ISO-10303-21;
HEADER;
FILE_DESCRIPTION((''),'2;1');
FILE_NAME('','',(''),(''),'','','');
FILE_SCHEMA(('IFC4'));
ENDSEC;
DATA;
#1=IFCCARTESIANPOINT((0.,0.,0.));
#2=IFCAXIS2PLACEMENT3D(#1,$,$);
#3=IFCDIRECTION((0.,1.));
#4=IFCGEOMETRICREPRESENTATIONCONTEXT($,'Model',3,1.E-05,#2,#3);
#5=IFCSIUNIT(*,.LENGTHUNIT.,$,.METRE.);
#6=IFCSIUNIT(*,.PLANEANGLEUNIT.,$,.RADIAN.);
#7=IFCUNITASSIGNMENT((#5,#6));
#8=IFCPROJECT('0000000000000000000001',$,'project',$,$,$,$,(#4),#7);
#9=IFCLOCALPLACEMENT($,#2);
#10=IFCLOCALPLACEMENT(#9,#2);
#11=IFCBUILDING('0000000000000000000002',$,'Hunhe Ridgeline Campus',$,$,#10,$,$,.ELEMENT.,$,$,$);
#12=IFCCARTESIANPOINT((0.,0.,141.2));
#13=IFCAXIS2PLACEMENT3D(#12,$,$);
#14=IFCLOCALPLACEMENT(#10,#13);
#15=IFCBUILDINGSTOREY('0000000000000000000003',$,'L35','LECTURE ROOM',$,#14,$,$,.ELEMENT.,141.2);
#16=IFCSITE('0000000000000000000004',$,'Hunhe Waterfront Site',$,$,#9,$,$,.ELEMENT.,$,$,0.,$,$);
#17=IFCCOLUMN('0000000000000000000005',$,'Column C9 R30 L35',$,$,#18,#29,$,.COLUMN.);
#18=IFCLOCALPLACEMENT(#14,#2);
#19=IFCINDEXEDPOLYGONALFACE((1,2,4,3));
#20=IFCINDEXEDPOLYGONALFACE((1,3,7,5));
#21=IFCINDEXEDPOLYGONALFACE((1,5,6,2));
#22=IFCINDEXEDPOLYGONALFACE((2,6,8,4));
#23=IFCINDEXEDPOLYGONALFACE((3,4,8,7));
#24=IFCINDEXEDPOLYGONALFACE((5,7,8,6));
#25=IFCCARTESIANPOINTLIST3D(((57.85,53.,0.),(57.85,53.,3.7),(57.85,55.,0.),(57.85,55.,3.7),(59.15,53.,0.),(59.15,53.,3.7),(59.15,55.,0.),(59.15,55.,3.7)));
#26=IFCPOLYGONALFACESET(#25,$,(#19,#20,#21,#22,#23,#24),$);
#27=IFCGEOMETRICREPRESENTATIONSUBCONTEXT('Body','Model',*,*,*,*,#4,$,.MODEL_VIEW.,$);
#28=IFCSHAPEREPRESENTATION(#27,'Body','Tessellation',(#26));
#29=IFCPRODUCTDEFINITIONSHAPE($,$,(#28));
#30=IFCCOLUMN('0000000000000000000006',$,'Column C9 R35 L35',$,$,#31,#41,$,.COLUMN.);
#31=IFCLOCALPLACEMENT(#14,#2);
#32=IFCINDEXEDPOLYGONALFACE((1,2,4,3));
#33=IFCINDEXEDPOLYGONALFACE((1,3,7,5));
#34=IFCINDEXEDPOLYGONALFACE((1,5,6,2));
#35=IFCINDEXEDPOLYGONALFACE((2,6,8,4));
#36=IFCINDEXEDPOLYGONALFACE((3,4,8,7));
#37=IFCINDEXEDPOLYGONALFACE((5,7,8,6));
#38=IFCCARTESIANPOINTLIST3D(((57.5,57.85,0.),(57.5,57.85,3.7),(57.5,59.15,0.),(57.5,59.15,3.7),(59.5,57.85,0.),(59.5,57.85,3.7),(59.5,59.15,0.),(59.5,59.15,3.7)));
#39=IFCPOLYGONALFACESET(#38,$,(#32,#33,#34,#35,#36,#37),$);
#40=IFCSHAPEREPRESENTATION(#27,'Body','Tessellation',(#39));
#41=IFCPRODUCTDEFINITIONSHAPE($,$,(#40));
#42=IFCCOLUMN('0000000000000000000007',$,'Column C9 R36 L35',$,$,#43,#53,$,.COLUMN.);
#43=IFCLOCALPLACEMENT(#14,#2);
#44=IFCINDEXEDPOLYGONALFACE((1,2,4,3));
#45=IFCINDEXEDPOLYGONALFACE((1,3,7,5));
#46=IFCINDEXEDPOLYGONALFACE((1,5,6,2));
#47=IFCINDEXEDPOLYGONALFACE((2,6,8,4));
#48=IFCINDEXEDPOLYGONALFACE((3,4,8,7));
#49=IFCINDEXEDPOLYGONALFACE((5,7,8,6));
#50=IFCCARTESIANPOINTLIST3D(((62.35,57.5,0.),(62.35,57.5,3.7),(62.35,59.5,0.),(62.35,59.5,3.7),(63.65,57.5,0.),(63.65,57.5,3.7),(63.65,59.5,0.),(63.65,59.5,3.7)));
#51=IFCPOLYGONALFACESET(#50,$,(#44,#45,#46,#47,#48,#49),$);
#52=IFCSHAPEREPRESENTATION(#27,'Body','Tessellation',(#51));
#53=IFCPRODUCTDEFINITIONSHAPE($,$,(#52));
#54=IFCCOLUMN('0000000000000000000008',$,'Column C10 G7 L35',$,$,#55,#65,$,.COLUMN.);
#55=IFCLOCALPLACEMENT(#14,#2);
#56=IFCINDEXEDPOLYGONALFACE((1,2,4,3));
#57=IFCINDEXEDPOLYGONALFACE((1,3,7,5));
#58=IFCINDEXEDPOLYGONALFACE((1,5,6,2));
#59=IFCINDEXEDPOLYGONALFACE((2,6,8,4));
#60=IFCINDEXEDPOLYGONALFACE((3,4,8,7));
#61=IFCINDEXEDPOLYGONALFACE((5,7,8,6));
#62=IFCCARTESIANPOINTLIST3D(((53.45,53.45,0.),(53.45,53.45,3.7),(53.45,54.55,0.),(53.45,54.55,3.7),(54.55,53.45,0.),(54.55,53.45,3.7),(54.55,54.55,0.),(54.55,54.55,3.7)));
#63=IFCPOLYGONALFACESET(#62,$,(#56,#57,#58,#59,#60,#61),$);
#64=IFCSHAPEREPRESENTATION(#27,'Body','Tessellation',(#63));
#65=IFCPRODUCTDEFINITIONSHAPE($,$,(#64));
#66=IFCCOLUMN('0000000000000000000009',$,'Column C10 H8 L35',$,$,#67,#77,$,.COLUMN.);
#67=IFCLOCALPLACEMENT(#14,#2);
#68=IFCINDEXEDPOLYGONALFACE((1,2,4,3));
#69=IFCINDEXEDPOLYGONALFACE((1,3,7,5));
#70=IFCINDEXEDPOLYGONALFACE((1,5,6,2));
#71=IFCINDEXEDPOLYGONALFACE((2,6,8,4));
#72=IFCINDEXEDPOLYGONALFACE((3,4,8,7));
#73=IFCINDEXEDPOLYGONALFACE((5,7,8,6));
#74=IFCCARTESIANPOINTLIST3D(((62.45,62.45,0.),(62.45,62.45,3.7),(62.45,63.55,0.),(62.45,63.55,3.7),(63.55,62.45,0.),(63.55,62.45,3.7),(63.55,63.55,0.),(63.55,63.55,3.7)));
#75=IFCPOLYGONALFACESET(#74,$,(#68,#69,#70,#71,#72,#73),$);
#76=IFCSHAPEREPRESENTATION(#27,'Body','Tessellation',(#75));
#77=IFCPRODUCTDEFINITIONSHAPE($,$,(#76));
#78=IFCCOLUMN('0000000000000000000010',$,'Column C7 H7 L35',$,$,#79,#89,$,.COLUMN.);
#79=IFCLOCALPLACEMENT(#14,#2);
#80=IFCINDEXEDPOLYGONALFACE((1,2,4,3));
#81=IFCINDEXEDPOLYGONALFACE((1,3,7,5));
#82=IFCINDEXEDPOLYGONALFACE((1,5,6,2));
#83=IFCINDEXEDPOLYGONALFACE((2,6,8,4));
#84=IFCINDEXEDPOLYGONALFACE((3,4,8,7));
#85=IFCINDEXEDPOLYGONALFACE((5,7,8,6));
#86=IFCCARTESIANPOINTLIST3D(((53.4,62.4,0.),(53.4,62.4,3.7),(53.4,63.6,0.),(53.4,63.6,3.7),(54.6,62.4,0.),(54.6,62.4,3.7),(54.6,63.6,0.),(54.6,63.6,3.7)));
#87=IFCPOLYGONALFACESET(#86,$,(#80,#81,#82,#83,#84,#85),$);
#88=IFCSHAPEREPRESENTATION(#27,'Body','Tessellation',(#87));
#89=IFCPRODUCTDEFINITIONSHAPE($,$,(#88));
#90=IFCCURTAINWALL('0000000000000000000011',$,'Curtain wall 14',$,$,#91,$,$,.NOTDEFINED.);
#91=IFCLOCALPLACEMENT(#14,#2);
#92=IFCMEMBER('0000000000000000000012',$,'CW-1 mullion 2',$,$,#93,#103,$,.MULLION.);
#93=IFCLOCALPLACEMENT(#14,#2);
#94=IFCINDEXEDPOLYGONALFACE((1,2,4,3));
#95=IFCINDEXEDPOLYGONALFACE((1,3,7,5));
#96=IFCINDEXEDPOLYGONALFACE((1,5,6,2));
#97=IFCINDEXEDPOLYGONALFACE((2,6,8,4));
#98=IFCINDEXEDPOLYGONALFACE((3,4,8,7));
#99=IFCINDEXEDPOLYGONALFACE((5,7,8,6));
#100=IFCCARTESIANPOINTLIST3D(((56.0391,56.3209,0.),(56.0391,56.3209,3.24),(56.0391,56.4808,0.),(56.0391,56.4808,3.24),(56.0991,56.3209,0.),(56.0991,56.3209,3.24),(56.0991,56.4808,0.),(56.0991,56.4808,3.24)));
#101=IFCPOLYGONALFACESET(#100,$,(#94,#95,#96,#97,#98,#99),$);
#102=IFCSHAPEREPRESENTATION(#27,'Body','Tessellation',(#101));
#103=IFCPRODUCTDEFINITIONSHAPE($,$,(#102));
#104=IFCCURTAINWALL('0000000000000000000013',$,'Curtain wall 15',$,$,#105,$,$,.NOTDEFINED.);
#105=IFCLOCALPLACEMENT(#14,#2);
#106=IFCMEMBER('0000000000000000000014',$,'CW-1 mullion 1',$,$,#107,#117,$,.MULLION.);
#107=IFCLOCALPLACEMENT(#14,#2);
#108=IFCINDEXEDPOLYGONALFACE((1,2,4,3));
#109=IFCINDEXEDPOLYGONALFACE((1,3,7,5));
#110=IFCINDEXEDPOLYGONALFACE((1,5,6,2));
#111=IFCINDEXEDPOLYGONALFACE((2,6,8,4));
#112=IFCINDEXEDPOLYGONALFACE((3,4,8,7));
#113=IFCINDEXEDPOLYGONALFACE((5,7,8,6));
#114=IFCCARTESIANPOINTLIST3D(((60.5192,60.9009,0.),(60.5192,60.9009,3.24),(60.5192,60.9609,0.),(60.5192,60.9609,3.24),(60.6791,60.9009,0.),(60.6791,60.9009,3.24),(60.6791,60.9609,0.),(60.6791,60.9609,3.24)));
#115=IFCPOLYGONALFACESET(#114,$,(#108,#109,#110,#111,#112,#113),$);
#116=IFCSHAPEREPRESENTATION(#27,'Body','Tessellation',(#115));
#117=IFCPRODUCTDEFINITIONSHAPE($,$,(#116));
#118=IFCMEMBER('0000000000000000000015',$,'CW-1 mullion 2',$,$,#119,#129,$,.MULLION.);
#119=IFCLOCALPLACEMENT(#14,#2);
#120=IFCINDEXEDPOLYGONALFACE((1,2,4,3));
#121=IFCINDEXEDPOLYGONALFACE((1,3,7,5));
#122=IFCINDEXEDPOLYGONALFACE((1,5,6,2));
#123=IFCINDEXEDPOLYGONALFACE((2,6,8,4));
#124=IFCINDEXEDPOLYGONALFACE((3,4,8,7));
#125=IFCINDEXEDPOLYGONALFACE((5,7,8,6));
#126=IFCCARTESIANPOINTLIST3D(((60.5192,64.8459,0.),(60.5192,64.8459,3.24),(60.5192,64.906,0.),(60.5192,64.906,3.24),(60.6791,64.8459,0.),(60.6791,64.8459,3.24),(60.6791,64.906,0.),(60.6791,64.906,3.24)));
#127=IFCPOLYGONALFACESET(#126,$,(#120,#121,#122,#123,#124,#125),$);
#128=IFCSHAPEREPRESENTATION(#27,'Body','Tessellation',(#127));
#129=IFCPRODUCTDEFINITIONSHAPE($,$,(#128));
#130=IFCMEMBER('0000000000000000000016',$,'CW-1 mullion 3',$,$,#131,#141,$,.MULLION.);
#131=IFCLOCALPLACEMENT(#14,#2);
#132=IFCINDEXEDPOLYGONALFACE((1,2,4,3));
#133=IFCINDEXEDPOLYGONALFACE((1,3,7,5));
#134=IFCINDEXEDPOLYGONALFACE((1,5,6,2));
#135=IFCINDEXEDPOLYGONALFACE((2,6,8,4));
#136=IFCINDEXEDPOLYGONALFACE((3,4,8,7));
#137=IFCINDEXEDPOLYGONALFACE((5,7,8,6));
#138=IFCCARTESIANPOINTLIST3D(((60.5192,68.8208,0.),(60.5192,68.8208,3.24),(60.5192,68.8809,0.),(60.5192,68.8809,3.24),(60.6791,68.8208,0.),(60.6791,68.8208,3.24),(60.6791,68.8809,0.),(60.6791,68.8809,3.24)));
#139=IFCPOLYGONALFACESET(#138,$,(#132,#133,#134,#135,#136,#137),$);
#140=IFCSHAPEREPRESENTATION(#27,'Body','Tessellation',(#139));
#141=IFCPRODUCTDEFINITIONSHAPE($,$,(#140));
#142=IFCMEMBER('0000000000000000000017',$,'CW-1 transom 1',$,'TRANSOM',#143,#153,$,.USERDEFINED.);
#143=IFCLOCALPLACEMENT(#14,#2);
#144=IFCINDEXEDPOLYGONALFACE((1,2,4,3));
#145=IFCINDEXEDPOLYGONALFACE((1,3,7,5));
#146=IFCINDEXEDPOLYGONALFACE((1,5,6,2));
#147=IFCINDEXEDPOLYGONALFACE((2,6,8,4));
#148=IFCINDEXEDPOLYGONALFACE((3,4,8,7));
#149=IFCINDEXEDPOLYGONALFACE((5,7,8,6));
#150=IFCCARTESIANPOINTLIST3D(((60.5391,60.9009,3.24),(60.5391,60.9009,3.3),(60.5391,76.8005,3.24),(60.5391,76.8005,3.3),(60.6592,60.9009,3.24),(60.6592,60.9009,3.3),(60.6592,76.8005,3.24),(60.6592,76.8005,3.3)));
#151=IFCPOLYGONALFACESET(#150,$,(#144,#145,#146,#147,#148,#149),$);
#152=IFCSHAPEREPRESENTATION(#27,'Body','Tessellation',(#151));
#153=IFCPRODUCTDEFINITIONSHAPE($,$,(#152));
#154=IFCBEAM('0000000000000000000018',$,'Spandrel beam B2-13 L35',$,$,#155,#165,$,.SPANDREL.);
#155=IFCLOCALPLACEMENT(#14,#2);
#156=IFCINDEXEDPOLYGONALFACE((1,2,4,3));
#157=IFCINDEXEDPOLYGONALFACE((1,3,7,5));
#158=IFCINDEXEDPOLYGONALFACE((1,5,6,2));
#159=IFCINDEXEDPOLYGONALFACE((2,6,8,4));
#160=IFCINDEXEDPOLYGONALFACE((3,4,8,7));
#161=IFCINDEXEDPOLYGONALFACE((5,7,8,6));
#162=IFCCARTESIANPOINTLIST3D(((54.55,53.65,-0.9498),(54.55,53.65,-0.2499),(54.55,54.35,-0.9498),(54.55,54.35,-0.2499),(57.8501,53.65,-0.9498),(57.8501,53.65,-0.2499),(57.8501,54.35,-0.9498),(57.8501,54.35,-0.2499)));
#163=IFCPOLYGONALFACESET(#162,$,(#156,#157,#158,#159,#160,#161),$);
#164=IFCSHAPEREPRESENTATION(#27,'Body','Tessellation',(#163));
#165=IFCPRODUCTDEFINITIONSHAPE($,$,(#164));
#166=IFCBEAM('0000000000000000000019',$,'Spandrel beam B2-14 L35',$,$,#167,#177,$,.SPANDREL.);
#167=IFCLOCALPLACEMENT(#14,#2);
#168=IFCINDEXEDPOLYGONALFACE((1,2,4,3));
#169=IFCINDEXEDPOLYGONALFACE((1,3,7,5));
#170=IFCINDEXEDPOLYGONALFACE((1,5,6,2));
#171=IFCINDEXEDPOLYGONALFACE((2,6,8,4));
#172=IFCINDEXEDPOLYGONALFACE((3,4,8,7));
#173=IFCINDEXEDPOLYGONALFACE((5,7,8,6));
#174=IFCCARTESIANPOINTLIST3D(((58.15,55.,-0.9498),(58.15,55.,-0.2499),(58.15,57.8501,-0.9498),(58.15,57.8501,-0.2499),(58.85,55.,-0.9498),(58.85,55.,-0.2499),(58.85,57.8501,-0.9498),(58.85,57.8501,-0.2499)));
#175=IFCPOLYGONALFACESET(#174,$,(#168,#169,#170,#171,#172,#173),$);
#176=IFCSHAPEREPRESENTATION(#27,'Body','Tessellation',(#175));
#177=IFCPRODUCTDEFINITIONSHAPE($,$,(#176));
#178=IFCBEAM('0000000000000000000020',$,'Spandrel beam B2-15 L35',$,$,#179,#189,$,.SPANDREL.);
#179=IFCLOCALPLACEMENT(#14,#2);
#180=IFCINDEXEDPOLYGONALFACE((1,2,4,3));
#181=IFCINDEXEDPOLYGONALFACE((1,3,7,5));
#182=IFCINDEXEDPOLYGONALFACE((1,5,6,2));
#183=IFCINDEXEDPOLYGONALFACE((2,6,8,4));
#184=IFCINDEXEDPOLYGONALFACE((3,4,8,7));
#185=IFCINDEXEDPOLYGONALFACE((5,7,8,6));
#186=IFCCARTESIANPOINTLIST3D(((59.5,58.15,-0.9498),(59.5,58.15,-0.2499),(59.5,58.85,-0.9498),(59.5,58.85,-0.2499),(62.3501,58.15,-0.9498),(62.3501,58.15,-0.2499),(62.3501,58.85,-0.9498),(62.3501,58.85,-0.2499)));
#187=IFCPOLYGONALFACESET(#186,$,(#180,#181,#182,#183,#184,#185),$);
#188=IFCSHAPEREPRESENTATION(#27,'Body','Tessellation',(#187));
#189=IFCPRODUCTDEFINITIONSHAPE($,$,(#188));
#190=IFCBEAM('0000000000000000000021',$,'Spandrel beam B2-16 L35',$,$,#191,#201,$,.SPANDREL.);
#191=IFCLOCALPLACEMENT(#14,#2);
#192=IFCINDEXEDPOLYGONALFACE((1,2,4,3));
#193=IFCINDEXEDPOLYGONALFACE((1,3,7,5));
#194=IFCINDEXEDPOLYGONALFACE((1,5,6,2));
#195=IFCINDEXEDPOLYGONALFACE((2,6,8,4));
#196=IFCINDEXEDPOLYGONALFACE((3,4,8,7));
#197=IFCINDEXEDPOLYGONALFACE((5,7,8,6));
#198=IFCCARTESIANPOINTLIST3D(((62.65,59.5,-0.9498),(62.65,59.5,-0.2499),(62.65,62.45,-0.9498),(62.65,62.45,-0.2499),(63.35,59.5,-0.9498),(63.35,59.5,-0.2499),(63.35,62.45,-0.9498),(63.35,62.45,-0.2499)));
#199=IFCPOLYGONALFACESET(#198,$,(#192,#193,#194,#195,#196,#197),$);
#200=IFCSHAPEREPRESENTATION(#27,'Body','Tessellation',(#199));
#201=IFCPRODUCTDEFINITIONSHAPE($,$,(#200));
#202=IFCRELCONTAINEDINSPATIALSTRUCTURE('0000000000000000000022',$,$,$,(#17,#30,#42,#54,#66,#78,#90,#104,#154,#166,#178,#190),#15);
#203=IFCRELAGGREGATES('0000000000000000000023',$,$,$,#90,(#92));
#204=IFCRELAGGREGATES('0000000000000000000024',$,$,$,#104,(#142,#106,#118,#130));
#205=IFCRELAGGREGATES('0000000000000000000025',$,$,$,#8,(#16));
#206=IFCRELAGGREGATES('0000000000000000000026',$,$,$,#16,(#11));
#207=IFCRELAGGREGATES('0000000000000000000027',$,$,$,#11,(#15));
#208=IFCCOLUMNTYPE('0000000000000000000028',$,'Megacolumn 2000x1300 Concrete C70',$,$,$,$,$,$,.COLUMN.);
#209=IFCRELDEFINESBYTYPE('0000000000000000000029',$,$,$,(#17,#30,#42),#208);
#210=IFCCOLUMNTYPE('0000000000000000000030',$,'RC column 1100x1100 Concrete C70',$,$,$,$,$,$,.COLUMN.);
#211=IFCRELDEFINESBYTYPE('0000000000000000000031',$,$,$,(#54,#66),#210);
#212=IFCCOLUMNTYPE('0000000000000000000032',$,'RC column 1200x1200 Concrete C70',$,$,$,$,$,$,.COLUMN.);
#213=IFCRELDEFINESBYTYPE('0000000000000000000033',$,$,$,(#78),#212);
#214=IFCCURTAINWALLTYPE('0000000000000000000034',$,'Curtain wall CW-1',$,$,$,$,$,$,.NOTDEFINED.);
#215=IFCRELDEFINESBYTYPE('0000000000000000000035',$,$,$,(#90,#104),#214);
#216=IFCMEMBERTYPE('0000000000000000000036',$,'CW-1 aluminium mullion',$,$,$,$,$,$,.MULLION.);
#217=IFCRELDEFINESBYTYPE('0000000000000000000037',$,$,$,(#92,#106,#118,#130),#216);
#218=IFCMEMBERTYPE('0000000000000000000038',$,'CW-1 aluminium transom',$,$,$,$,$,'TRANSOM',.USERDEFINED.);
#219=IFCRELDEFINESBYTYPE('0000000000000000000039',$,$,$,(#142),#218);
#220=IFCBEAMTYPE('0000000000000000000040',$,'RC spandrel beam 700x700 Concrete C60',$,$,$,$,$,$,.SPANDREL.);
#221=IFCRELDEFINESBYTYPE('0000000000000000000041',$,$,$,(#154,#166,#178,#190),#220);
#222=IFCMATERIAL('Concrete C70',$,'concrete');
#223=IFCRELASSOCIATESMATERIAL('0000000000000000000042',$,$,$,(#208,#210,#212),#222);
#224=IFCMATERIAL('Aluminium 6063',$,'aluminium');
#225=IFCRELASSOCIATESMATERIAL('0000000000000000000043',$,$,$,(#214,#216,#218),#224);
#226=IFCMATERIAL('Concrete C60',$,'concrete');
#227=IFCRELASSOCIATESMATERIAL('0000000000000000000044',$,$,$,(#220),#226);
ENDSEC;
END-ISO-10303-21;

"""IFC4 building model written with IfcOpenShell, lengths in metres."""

from ifc_helpers import new_model, si_unit, direction, frame, origin, origin_2d, place, context, subcontext, project, spatial, rectangle, extrude, material, material_profile, profile_set, type_object, element, aggregate, save


model = new_model("IFC4")

# Units and contexts
model_context = context("Model", 3, precision=1e-05, world=origin(), true_north=direction((0.0, 1.0)))
body_context = subcontext(model_context, "Body", "Model", "MODEL_VIEW")
ifc_project = project(units=[si_unit("LENGTHUNIT", "METRE"), si_unit("PLANEANGLEUNIT", "RADIAN")], contexts=[model_context])

# Site, building, storey
site_placement = place(None, origin())
site = spatial("IfcSite", under=ifc_project, at=site_placement, Name="Hunhe Waterfront Site", CompositionType="ELEMENT", RefElevation=0.0)
building_placement = place(site_placement, origin())
building = spatial("IfcBuilding", under=site, at=building_placement, Name="Hunhe Ridgeline Campus", CompositionType="ELEMENT")
storey_placement = place(building_placement, frame((0.0, 0.0, 141.2)))
storey = spatial("IfcBuildingStorey", under=building, at=storey_placement, Name="L35", Description="LECTURE ROOM", CompositionType="ELEMENT", Elevation=141.2)

# Columns
ifc_material_1 = material(Name="Concrete C70", Category="concrete")
ifc_material_profile_1 = material_profile(ifc_material_1, rectangle(XDim=2.0, YDim=1.3, at=origin_2d()))
ifc_profile_set_1 = profile_set([ifc_material_profile_1], Name="Concrete C70")
column_type_1 = type_object("IfcColumnType", Name="Megacolumn 2000x1300 Concrete C70", PredefinedType="COLUMN", material=ifc_profile_set_1)
for number, where, z_axis, x_axis, name in (
    (1, (58.5, 54.0, 0.0), (0.0, 0.0, 1.0), (0.0, 1.0, 0.0), "Column C9 R30 L35"),
    (2, (58.5, 58.5, 0.0), (0.0, 0.0, 1.0), (1.0, 0.0, 0.0), "Column C9 R35 L35"),
    (3, (63.0, 58.5, 0.0), (0.0, 0.0, 1.0), (0.0, 1.0, 0.0), "Column C9 R36 L35"),
):
    element("IfcColumn", number, at=place(storey_placement, frame(where, z_axis=z_axis, x_axis=x_axis)), inside=storey, type_object=column_type_1, Name=name, PredefinedType="COLUMN", context=body_context, shape_type="SweptSolid", body=[
        extrude(rectangle(XDim=2.0, YDim=1.3, at=origin_2d()), origin(), (0.0, 0.0, 1.0), 3.7),
    ])
ifc_material_profile_2 = material_profile(ifc_material_1, rectangle(XDim=1.1001, YDim=1.1001, at=origin_2d()))
ifc_profile_set_2 = profile_set([ifc_material_profile_2], Name="Concrete C70")
column_type_2 = type_object("IfcColumnType", Name="RC column 1100x1100 Concrete C70", PredefinedType="COLUMN", material=ifc_profile_set_2)
for number, where, z_axis, x_axis, name in (
    (4, (54.0, 54.0, 0.0), (0.0, 0.0, 1.0), (1.0, 0.0, 0.0), "Column C10 G7 L35"),
    (5, (63.0, 63.0, 0.0), (0.0, 0.0, 1.0), (1.0, 0.0, 0.0), "Column C10 H8 L35"),
):
    element("IfcColumn", number, at=place(storey_placement, frame(where, z_axis=z_axis, x_axis=x_axis)), inside=storey, type_object=column_type_2, Name=name, PredefinedType="COLUMN", context=body_context, shape_type="SweptSolid", body=[
        extrude(rectangle(XDim=1.1001, YDim=1.1001, at=origin_2d()), origin(), (0.0, 0.0, 1.0), 3.7),
    ])
ifc_material_profile_3 = material_profile(ifc_material_1, rectangle(XDim=1.2, YDim=1.2, at=origin_2d()))
ifc_profile_set_3 = profile_set([ifc_material_profile_3], Name="Concrete C70")
column_type_3 = type_object("IfcColumnType", Name="RC column 1200x1200 Concrete C70", PredefinedType="COLUMN", material=ifc_profile_set_3)
column_placement = place(storey_placement, frame((54.0, 63.0, 0.0), z_axis=(0.0, 0.0, 1.0), x_axis=(1.0, 0.0, 0.0)))
element("IfcColumn", 6, at=column_placement, inside=storey, type_object=column_type_3, Name="Column C7 H7 L35", PredefinedType="COLUMN", context=body_context, shape_type="SweptSolid", body=[
    extrude(rectangle(XDim=1.2, YDim=1.2, at=origin_2d()), origin(), (0.0, 0.0, 1.0), 3.7),
])

# Curtain wall, member
ifc_material_2 = material(Name="Aluminium 6063", Category="aluminium")
curtain_wall_type = type_object("IfcCurtainWallType", Name="Curtain wall CW-1", PredefinedType="NOTDEFINED", material=ifc_material_2)
curtain_wall_1_placement = place(storey_placement, origin())
curtain_wall_1 = element("IfcCurtainWall", 7, at=curtain_wall_1_placement, inside=storey, type_object=curtain_wall_type, Name="Curtain wall 14", PredefinedType="NOTDEFINED")
ifc_material_profile_4 = material_profile(ifc_material_2, rectangle(XDim=0.1599, YDim=0.0601, at=origin_2d()))
ifc_profile_set_4 = profile_set([ifc_material_profile_4], Name="Aluminium 6063")
member_type_1 = type_object("IfcMemberType", Name="CW-1 aluminium mullion", PredefinedType="MULLION", material=ifc_profile_set_4)
member_1_placement = place(storey_placement, frame((56.0691, 56.4009, 0.0), z_axis=(0.0, 0.0, 1.0), x_axis=(-0.000002, 1.0, 0.0)))
member_1 = element("IfcMember", 8, at=member_1_placement, type_object=member_type_1, Name="CW-1 mullion 2", PredefinedType="MULLION", context=body_context, shape_type="SweptSolid", body=[
    extrude(rectangle(XDim=0.1599, YDim=0.0601, at=origin_2d()), origin(), (0.0, 0.0, 1.0), 3.24),
])
aggregate(curtain_wall_1, [member_1])

# Curtain wall, members
curtain_wall_2_placement = place(storey_placement, origin())
curtain_wall_2 = element("IfcCurtainWall", 9, at=curtain_wall_2_placement, inside=storey, type_object=curtain_wall_type, Name="Curtain wall 15", PredefinedType="NOTDEFINED")
member_2_placement = place(storey_placement, frame((60.5991, 60.9309, 0.0), z_axis=(0.0, 0.0, 1.0), x_axis=(-1.0, 0.0, 0.0)))
member_2 = element("IfcMember", 10, at=member_2_placement, type_object=member_type_1, Name="CW-1 mullion 1", PredefinedType="MULLION", context=body_context, shape_type="SweptSolid", body=[
    extrude(rectangle(XDim=0.1599, YDim=0.0601, at=origin_2d()), origin(), (0.0, 0.0, 1.0), 3.24),
])
member_3_placement = place(storey_placement, frame((60.5991, 64.876, 0.0), z_axis=(0.0, 0.0, 1.0), x_axis=(-1.0, 0.0, 0.0)))
member_3 = element("IfcMember", 11, at=member_3_placement, type_object=member_type_1, Name="CW-1 mullion 2", PredefinedType="MULLION", context=body_context, shape_type="SweptSolid", body=[
    extrude(rectangle(XDim=0.1599, YDim=0.0601, at=origin_2d()), origin(), (0.0, 0.0, 1.0), 3.24),
])
member_4_placement = place(storey_placement, frame((60.5991, 68.8508, 0.0), z_axis=(0.0, 0.0, 1.0), x_axis=(-1.0, 0.0, 0.0)))
member_4 = element("IfcMember", 12, at=member_4_placement, type_object=member_type_1, Name="CW-1 mullion 3", PredefinedType="MULLION", context=body_context, shape_type="SweptSolid", body=[
    extrude(rectangle(XDim=0.1599, YDim=0.0601, at=origin_2d()), origin(), (0.0, 0.0, 1.0), 3.24),
])
ifc_material_profile_5 = material_profile(ifc_material_2, rectangle(XDim=0.1201, YDim=0.0601, at=origin_2d()))
ifc_profile_set_5 = profile_set([ifc_material_profile_5], Name="Aluminium 6063")
member_type_2 = type_object("IfcMemberType", Name="CW-1 aluminium transom", ElementType="TRANSOM", PredefinedType="USERDEFINED", material=ifc_profile_set_5)
member_5_placement = place(storey_placement, frame((60.5991, 60.9009, 3.27), z_axis=(0.0, 1.0, 0.0), x_axis=(-1.0, 0.0, 0.0)))
member_5 = element("IfcMember", 13, at=member_5_placement, type_object=member_type_2, Name="CW-1 transom 1", ObjectType="TRANSOM", PredefinedType="USERDEFINED", context=body_context, shape_type="SweptSolid", body=[
    extrude(rectangle(XDim=0.1201, YDim=0.0601, at=origin_2d()), origin(), (0.0, 0.0, 1.0), 15.8997),
])

# Beams
ifc_material_3 = material(Name="Concrete C60", Category="concrete")
ifc_material_profile_6 = material_profile(ifc_material_3, rectangle(XDim=0.7, YDim=0.7, at=origin_2d()))
ifc_profile_set_6 = profile_set([ifc_material_profile_6], Name="Concrete C60")
beam_type = type_object("IfcBeamType", Name="RC spandrel beam 700x700 Concrete C60", PredefinedType="SPANDREL", material=ifc_profile_set_6)
beam_1_placement = place(storey_placement, frame((54.55, 54.0, -0.5999), z_axis=(1.0, 0.0, 0.0), x_axis=(0.0, 1.0, 0.0)))
element("IfcBeam", 14, at=beam_1_placement, inside=storey, type_object=beam_type, Name="Spandrel beam B2-13 L35", PredefinedType="SPANDREL", context=body_context, shape_type="SweptSolid", body=[
    extrude(rectangle(XDim=0.7, YDim=0.7, at=origin_2d()), origin(), (0.0, 0.0, 1.0), 3.3),
])
for number, where, z_axis, x_axis, name in (
    (15, (58.5, 55.0, -0.5999), (0.0, 1.0, 0.0), (-1.0, 0.0, 0.0), "Spandrel beam B2-14 L35"),
    (16, (59.5, 58.5, -0.5999), (1.0, 0.0, 0.0), (0.0, 1.0, 0.0), "Spandrel beam B2-15 L35"),
):
    element("IfcBeam", number, at=place(storey_placement, frame(where, z_axis=z_axis, x_axis=x_axis)), inside=storey, type_object=beam_type, Name=name, PredefinedType="SPANDREL", context=body_context, shape_type="SweptSolid", body=[
        extrude(rectangle(XDim=0.7, YDim=0.7, at=origin_2d()), origin(), (0.0, 0.0, 1.0), 2.8501),
    ])
beam_2_placement = place(storey_placement, frame((63.0, 59.5, -0.5999), z_axis=(0.0, 1.0, 0.0), x_axis=(-1.0, 0.0, 0.0)))
element("IfcBeam", 17, at=beam_2_placement, inside=storey, type_object=beam_type, Name="Spandrel beam B2-16 L35", PredefinedType="SPANDREL", context=body_context, shape_type="SweptSolid", body=[
    extrude(rectangle(XDim=0.7, YDim=0.7, at=origin_2d()), origin(), (0.0, 0.0, 1.0), 2.95),
])

aggregate(curtain_wall_2, [member_5, member_2, member_3, member_4])

save(model, "model.ifc")
